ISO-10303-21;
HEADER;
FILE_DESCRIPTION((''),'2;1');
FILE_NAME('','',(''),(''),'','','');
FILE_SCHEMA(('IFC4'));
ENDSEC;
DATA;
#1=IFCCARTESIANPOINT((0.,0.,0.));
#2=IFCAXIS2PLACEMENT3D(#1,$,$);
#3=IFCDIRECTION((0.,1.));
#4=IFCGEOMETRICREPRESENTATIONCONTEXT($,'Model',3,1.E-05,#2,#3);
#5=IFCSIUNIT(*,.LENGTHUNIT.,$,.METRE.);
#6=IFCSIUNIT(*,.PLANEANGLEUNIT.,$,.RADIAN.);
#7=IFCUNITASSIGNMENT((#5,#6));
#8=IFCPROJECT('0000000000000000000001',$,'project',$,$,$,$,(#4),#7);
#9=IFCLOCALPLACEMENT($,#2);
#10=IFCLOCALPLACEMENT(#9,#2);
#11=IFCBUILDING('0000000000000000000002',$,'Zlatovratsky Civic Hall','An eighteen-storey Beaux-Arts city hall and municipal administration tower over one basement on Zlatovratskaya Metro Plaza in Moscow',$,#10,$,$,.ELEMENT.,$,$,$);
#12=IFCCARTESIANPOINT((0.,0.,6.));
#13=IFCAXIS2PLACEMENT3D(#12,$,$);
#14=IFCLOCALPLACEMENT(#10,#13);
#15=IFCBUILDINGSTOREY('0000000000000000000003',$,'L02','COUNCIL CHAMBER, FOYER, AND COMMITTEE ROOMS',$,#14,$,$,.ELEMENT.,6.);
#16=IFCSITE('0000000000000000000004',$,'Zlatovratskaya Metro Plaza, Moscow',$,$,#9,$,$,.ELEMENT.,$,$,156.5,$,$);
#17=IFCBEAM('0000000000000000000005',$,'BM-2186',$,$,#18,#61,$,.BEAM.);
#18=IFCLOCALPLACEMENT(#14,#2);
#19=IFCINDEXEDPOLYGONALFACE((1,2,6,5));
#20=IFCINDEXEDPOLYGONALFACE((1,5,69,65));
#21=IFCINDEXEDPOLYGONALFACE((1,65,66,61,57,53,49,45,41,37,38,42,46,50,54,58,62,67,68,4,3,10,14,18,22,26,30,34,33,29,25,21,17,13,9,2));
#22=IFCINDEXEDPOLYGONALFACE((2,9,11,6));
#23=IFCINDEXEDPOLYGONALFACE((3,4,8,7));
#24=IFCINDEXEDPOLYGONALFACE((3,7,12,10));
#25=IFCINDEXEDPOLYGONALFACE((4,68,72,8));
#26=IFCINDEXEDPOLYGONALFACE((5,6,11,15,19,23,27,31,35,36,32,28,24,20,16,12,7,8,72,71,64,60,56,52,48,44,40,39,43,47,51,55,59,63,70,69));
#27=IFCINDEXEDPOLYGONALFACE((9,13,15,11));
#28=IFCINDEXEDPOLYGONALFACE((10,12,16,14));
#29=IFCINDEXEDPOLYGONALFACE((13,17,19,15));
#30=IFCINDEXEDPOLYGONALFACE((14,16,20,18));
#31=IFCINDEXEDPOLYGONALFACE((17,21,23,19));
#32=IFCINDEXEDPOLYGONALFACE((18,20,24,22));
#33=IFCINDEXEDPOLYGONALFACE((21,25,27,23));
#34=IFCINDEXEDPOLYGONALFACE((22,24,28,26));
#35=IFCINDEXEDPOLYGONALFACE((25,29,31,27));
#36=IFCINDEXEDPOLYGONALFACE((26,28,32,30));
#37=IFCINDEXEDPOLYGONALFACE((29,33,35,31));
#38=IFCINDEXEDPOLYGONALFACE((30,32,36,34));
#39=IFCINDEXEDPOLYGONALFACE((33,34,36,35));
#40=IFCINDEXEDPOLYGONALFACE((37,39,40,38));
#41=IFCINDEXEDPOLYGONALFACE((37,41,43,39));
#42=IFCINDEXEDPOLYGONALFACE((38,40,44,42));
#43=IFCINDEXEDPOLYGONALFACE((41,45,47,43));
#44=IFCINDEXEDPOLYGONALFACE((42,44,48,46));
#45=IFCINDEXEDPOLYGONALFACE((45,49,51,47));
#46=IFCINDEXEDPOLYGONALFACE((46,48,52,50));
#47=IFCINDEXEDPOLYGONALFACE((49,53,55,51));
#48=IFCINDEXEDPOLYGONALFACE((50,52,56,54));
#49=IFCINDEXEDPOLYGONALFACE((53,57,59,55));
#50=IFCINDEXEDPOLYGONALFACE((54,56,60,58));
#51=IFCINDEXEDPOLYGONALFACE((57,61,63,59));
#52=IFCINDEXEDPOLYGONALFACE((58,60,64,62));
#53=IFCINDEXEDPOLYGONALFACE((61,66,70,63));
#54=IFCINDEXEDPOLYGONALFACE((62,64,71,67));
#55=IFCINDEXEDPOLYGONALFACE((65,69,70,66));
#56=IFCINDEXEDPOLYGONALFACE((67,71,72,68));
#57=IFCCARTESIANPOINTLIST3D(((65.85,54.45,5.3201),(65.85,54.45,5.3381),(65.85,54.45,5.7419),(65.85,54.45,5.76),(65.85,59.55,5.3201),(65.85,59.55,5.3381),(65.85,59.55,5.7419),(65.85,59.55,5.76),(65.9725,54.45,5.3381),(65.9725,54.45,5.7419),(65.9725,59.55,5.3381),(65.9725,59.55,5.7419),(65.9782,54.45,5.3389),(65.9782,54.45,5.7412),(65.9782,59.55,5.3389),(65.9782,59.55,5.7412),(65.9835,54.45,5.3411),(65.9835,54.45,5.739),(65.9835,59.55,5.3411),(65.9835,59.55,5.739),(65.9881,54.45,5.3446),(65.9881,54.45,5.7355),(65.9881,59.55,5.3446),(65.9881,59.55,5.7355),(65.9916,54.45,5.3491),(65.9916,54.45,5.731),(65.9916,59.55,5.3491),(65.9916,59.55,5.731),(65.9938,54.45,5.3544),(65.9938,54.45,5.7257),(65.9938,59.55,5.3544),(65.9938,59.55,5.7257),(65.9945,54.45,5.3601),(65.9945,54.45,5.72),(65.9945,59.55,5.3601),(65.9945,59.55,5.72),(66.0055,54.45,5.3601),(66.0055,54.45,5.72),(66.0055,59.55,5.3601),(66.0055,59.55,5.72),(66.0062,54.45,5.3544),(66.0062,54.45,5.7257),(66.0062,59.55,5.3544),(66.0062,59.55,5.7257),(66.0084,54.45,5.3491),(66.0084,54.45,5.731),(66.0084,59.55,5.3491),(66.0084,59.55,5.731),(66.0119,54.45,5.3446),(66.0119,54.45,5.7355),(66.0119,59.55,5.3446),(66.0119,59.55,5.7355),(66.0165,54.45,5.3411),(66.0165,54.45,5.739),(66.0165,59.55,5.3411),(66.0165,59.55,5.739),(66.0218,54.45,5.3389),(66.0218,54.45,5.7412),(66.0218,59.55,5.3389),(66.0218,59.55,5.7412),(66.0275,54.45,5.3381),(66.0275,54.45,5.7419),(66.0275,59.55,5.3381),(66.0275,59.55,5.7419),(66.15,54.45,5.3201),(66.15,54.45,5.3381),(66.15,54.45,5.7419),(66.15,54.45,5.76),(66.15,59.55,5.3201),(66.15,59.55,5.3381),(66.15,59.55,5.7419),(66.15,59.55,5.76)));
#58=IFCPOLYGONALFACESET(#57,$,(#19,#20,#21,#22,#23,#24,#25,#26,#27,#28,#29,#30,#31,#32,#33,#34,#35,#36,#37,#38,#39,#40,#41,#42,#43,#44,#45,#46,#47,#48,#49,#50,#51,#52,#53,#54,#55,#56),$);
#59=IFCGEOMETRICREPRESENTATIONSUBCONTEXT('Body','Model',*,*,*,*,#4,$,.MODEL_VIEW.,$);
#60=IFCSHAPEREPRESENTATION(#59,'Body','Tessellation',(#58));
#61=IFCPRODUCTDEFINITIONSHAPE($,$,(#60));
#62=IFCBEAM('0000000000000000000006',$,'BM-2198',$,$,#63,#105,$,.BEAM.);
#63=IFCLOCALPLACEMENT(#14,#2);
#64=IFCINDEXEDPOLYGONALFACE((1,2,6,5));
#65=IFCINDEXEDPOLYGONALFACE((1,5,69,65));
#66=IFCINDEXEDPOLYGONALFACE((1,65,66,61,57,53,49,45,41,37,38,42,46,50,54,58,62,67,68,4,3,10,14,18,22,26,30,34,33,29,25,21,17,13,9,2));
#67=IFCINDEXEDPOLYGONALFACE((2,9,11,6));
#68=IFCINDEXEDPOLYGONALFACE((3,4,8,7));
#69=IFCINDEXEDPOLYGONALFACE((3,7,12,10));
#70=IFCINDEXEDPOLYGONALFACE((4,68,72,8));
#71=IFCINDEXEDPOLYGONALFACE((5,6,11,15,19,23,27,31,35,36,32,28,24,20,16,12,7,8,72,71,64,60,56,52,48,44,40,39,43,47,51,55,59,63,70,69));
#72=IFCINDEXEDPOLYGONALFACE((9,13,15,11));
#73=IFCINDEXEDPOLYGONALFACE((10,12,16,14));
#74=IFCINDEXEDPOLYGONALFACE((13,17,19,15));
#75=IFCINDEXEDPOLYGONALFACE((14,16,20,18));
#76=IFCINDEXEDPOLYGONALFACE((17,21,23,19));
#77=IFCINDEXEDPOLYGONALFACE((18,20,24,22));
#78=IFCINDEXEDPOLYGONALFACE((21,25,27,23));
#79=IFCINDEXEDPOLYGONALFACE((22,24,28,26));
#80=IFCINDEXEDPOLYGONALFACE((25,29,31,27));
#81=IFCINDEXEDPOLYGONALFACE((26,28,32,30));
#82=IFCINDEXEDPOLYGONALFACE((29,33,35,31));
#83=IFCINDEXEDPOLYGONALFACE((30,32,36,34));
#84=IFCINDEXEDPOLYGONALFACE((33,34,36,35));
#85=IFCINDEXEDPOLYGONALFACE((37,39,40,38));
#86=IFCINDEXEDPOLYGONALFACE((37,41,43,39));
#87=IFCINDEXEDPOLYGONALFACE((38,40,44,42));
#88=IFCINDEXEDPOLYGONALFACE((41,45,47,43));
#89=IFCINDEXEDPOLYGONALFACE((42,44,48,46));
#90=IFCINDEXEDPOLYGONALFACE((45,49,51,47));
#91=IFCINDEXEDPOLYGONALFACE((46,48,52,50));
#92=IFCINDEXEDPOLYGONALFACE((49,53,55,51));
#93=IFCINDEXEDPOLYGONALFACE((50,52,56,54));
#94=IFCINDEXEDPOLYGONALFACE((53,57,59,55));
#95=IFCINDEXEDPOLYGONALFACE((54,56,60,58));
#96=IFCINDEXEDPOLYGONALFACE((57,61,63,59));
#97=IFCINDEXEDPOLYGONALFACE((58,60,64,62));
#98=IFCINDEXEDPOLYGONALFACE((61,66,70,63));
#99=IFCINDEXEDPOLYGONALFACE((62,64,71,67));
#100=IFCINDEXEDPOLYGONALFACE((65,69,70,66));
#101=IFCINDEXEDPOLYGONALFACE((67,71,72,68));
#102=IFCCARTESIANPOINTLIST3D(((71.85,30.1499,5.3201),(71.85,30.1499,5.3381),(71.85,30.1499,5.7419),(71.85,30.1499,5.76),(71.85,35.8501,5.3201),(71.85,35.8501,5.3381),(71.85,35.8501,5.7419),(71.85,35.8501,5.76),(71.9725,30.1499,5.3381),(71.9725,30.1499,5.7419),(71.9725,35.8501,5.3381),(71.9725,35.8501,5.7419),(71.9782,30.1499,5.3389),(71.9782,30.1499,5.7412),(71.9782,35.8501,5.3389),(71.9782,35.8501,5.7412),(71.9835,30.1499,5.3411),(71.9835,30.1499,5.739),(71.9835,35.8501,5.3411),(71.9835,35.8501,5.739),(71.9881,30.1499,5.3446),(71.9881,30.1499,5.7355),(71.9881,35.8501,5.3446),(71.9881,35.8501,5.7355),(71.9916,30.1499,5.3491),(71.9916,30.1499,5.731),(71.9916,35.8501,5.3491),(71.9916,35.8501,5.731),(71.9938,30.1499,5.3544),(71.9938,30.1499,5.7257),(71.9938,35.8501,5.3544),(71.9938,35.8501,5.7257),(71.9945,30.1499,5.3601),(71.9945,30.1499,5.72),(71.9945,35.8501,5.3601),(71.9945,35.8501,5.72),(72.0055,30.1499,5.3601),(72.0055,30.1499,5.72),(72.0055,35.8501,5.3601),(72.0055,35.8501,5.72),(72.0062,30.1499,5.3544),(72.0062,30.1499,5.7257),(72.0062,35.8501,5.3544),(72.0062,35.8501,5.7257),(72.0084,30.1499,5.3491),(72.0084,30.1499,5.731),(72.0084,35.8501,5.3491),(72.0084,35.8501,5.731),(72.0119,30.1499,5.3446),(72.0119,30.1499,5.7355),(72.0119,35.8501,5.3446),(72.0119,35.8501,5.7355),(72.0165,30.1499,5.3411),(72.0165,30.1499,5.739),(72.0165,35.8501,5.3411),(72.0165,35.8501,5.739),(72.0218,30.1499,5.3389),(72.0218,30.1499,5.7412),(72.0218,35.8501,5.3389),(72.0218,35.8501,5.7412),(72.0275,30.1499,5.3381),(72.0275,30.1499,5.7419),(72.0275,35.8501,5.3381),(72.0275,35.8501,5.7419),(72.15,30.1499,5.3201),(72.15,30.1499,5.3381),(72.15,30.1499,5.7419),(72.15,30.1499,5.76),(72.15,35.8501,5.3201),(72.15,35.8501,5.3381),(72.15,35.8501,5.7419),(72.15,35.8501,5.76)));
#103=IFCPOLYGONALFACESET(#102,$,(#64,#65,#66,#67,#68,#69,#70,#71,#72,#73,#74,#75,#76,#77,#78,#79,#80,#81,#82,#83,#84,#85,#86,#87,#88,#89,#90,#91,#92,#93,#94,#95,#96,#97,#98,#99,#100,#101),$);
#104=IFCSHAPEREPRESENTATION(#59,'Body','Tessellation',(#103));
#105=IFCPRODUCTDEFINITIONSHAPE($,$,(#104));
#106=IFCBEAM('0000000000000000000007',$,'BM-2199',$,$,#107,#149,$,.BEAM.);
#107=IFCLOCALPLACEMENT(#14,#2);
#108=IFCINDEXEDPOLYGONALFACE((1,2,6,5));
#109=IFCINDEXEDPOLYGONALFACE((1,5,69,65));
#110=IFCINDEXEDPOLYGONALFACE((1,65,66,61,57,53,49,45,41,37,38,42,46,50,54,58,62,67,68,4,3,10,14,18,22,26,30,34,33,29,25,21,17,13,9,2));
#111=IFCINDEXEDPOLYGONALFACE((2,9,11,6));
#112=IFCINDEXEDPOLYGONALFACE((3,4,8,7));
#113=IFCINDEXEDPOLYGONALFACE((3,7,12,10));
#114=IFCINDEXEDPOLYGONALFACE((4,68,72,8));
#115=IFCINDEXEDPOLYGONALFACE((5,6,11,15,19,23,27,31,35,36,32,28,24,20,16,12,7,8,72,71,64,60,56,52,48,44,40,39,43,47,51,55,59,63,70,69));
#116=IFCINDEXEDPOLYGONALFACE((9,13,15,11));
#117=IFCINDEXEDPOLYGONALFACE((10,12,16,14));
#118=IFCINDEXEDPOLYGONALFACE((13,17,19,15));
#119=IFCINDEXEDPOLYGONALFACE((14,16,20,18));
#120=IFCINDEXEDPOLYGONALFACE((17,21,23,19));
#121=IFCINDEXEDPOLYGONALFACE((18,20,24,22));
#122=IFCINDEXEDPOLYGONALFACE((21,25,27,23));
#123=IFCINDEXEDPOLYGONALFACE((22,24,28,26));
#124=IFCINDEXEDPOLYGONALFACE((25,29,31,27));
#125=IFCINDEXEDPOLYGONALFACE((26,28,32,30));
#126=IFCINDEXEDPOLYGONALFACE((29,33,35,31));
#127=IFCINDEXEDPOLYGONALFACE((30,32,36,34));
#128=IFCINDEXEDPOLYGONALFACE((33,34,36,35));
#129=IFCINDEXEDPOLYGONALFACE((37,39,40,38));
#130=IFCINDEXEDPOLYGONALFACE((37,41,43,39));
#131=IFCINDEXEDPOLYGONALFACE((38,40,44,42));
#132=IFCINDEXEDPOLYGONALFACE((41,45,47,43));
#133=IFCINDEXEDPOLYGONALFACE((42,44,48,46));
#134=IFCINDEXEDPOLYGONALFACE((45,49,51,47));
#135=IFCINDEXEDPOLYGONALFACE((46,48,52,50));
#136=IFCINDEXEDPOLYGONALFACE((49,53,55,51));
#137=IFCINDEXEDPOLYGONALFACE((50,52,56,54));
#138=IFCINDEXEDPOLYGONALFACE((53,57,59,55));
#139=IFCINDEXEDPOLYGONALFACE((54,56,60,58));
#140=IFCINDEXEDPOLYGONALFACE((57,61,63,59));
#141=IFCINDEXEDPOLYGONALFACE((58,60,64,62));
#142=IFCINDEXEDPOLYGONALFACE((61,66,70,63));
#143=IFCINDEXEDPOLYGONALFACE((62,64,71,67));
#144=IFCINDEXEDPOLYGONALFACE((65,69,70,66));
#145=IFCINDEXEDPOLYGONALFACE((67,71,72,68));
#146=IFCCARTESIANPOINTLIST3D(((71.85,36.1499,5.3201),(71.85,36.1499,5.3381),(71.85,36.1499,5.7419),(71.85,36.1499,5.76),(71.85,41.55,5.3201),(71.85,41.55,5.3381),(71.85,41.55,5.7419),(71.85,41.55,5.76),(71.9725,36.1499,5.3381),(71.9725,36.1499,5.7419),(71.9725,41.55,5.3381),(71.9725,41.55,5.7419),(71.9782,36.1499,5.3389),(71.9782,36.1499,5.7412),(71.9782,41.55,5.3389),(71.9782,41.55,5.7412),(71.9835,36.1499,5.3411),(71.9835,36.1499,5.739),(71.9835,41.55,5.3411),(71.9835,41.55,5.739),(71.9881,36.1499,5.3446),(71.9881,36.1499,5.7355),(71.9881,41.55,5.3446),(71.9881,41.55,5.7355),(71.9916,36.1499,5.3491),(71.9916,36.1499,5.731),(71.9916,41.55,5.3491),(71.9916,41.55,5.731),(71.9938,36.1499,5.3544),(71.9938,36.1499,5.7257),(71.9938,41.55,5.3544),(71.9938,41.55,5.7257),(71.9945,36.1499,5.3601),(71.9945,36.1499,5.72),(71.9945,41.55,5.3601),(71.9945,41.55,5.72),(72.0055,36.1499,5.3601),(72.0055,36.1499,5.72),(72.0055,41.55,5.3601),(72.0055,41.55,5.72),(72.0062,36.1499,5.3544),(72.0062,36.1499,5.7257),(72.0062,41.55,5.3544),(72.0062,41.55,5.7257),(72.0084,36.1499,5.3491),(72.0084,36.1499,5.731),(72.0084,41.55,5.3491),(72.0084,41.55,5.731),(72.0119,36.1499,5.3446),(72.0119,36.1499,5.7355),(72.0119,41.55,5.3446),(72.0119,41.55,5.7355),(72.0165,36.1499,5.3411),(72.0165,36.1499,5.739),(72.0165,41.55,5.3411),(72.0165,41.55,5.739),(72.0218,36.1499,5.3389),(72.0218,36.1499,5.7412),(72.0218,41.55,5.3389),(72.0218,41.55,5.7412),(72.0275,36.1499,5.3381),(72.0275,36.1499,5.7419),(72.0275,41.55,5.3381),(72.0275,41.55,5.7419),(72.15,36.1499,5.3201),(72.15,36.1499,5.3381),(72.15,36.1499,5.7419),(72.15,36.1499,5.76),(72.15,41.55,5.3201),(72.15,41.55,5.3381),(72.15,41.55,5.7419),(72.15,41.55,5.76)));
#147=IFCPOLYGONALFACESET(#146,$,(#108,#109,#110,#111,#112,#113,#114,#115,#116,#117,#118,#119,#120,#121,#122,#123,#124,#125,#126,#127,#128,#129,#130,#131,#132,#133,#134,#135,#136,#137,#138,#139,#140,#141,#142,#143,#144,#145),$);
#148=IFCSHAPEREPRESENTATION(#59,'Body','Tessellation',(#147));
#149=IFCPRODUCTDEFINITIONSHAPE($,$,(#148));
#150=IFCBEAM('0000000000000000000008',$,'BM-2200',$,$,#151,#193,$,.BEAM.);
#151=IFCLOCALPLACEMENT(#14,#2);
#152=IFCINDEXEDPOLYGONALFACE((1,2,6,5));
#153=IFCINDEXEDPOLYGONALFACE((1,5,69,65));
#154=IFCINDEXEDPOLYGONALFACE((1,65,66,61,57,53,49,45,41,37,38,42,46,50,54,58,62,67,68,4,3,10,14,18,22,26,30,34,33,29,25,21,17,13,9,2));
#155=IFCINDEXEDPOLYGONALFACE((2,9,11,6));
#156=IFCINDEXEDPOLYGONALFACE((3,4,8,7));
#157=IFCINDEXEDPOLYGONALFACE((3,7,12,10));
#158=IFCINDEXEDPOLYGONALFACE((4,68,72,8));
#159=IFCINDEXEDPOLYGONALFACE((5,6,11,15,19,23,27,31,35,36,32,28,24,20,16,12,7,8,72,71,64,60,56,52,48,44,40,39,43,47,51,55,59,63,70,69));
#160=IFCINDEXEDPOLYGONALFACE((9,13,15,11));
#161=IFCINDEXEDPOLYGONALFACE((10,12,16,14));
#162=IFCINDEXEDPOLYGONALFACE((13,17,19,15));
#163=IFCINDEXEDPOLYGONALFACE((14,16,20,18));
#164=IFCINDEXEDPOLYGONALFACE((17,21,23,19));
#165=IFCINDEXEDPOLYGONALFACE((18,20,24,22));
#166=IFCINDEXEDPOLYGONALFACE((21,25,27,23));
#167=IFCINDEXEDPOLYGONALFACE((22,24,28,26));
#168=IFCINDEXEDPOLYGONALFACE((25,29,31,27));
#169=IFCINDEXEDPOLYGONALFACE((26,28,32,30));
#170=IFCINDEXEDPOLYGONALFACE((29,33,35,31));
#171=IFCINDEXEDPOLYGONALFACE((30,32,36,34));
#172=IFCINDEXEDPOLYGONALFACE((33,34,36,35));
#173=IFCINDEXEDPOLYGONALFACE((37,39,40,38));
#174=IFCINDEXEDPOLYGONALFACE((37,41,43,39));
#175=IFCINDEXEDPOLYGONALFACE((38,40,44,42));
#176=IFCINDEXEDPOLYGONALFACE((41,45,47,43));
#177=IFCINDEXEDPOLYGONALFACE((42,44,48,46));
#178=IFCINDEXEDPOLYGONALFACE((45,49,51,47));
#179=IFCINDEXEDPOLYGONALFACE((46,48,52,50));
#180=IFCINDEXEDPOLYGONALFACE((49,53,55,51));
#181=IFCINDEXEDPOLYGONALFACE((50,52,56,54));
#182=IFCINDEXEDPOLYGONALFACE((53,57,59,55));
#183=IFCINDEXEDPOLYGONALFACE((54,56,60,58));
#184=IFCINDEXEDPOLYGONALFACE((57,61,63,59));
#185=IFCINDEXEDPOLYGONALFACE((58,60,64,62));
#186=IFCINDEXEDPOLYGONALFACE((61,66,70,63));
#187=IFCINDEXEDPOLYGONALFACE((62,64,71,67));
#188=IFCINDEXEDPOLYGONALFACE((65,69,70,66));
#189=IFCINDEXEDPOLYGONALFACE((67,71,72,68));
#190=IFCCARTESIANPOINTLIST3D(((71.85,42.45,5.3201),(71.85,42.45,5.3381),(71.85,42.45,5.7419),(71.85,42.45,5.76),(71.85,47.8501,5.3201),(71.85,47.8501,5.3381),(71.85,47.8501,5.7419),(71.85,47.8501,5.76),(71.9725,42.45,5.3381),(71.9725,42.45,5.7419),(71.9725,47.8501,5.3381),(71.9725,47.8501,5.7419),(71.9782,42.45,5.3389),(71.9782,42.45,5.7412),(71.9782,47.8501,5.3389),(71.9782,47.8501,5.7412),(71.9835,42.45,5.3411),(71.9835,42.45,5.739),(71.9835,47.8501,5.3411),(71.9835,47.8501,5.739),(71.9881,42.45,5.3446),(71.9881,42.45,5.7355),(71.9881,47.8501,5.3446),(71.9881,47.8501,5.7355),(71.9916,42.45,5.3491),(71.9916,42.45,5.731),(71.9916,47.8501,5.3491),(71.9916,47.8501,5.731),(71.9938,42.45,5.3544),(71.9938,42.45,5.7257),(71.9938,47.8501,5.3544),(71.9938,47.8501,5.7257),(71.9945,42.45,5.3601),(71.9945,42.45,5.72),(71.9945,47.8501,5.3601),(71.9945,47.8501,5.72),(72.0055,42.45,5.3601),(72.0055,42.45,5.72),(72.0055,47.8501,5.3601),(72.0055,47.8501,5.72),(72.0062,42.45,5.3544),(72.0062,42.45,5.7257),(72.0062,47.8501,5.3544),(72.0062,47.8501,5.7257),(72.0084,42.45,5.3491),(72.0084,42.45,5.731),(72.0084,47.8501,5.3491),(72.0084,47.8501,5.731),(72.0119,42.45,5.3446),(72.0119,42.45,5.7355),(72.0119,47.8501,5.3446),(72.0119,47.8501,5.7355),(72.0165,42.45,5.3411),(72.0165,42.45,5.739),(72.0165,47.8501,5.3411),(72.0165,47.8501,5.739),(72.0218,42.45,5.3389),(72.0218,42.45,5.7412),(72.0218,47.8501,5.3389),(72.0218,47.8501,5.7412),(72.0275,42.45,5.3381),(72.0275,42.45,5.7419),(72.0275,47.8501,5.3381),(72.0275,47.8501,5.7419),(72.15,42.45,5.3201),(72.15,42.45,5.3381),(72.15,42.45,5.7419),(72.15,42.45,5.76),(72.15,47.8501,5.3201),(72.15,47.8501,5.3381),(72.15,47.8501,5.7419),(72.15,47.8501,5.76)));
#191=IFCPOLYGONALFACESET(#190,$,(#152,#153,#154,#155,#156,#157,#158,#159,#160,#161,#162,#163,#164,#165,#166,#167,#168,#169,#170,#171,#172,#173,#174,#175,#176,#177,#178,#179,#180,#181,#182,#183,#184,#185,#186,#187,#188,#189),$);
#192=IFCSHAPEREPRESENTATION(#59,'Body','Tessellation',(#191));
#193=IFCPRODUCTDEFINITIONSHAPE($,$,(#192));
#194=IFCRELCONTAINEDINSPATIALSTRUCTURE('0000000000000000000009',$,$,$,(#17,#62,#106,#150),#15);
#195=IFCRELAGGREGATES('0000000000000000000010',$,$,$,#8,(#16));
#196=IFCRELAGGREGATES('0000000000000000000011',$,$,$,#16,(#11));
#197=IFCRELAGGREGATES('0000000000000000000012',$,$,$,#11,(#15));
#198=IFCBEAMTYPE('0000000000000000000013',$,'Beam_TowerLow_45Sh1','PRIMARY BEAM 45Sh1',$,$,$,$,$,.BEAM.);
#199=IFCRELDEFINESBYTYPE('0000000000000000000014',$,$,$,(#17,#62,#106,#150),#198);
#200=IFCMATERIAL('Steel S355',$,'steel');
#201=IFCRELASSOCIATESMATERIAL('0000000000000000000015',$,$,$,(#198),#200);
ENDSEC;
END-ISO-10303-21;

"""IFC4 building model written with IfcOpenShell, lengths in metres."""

from ifc_helpers import new_model, si_unit, direction, frame, origin, origin_2d, place, context, subcontext, project, spatial, i_section, extrude, material, material_profile, profile_set, type_object, element, save


model = new_model("IFC4")

# Units and contexts
model_context = context("Model", 3, precision=1e-05, world=origin(), true_north=direction((0.0, 1.0)))
body_context = subcontext(model_context, "Body", "Model", "MODEL_VIEW")
ifc_project = project(units=[si_unit("LENGTHUNIT", "METRE"), si_unit("PLANEANGLEUNIT", "RADIAN")], contexts=[model_context])

# Site, building, storey
site_placement = place(None, origin())
site = spatial("IfcSite", under=ifc_project, at=site_placement, Name="Zlatovratskaya Metro Plaza, Moscow", CompositionType="ELEMENT", RefElevation=156.5)
building_placement = place(site_placement, origin())
building = spatial("IfcBuilding", under=site, at=building_placement, Name="Zlatovratsky Civic Hall", Description="An eighteen-storey Beaux-Arts city hall and municipal administration tower over one basement on Zlatovratskaya Metro Plaza in Moscow", CompositionType="ELEMENT")
storey_placement = place(building_placement, frame((0.0, 0.0, 6.0)))
storey = spatial("IfcBuildingStorey", under=building, at=storey_placement, Name="L02", Description="COUNCIL CHAMBER, FOYER, AND COMMITTEE ROOMS", CompositionType="ELEMENT", Elevation=6.0)

# Shared definitions
ifc_material_1 = material(Name="Steel S355", Category="steel")

# Beams
ifc_material_profile_1 = material_profile(ifc_material_1, i_section(OverallWidth=0.3, OverallDepth=0.4399, WebThickness=0.011, FlangeThickness=0.0181, FilletRadius=0.022, at=origin_2d()), Name="45Sh1")
ifc_profile_set_1 = profile_set([ifc_material_profile_1], Name="Steel S355")
beam_type = type_object("IfcBeamType", Name="Beam_TowerLow_45Sh1", Description="PRIMARY BEAM 45Sh1", PredefinedType="BEAM", material=ifc_profile_set_1)
for number, where, z_axis, x_axis, name in (
    (1, (66.0, 54.45, 5.54), (0.0, 1.0, 0.0), (-1.0, 0.0, 0.0), "BM-2186"),
):
    element("IfcBeam", number, at=place(storey_placement, frame(where, z_axis=z_axis, x_axis=x_axis)), inside=storey, type_object=beam_type, Name=name, PredefinedType="BEAM", context=body_context, shape_type="SweptSolid", body=[
        extrude(i_section(OverallWidth=0.3, OverallDepth=0.4399, WebThickness=0.011, FlangeThickness=0.0181, FilletRadius=0.022, at=origin_2d()), origin(), (0.0, 0.0, 1.0), 5.1001),
    ])
beam_placement = place(storey_placement, frame((72.0, 30.1499, 5.54), z_axis=(0.0, 1.0, 0.0), x_axis=(-1.0, 0.0, 0.0)))
element("IfcBeam", 2, at=beam_placement, inside=storey, type_object=beam_type, Name="BM-2198", PredefinedType="BEAM", context=body_context, shape_type="SweptSolid", body=[
    extrude(i_section(OverallWidth=0.3, OverallDepth=0.4399, WebThickness=0.011, FlangeThickness=0.0181, FilletRadius=0.022, at=origin_2d()), origin(), (0.0, 0.0, 1.0), 5.7002),
])
for number, where, z_axis, x_axis, name in (
    (3, (72.0, 36.1499, 5.54), (0.0, 1.0, 0.0), (-1.0, 0.0, 0.0), "BM-2199"),
    (4, (72.0, 42.45, 5.54), (0.0, 1.0, 0.0), (-1.0, 0.0, 0.0), "BM-2200"),
):
    element("IfcBeam", number, at=place(storey_placement, frame(where, z_axis=z_axis, x_axis=x_axis)), inside=storey, type_object=beam_type, Name=name, PredefinedType="BEAM", context=body_context, shape_type="SweptSolid", body=[
        extrude(i_section(OverallWidth=0.3, OverallDepth=0.4399, WebThickness=0.011, FlangeThickness=0.0181, FilletRadius=0.022, at=origin_2d()), origin(), (0.0, 0.0, 1.0), 5.4001),
    ])

save(model, "model.ifc")
